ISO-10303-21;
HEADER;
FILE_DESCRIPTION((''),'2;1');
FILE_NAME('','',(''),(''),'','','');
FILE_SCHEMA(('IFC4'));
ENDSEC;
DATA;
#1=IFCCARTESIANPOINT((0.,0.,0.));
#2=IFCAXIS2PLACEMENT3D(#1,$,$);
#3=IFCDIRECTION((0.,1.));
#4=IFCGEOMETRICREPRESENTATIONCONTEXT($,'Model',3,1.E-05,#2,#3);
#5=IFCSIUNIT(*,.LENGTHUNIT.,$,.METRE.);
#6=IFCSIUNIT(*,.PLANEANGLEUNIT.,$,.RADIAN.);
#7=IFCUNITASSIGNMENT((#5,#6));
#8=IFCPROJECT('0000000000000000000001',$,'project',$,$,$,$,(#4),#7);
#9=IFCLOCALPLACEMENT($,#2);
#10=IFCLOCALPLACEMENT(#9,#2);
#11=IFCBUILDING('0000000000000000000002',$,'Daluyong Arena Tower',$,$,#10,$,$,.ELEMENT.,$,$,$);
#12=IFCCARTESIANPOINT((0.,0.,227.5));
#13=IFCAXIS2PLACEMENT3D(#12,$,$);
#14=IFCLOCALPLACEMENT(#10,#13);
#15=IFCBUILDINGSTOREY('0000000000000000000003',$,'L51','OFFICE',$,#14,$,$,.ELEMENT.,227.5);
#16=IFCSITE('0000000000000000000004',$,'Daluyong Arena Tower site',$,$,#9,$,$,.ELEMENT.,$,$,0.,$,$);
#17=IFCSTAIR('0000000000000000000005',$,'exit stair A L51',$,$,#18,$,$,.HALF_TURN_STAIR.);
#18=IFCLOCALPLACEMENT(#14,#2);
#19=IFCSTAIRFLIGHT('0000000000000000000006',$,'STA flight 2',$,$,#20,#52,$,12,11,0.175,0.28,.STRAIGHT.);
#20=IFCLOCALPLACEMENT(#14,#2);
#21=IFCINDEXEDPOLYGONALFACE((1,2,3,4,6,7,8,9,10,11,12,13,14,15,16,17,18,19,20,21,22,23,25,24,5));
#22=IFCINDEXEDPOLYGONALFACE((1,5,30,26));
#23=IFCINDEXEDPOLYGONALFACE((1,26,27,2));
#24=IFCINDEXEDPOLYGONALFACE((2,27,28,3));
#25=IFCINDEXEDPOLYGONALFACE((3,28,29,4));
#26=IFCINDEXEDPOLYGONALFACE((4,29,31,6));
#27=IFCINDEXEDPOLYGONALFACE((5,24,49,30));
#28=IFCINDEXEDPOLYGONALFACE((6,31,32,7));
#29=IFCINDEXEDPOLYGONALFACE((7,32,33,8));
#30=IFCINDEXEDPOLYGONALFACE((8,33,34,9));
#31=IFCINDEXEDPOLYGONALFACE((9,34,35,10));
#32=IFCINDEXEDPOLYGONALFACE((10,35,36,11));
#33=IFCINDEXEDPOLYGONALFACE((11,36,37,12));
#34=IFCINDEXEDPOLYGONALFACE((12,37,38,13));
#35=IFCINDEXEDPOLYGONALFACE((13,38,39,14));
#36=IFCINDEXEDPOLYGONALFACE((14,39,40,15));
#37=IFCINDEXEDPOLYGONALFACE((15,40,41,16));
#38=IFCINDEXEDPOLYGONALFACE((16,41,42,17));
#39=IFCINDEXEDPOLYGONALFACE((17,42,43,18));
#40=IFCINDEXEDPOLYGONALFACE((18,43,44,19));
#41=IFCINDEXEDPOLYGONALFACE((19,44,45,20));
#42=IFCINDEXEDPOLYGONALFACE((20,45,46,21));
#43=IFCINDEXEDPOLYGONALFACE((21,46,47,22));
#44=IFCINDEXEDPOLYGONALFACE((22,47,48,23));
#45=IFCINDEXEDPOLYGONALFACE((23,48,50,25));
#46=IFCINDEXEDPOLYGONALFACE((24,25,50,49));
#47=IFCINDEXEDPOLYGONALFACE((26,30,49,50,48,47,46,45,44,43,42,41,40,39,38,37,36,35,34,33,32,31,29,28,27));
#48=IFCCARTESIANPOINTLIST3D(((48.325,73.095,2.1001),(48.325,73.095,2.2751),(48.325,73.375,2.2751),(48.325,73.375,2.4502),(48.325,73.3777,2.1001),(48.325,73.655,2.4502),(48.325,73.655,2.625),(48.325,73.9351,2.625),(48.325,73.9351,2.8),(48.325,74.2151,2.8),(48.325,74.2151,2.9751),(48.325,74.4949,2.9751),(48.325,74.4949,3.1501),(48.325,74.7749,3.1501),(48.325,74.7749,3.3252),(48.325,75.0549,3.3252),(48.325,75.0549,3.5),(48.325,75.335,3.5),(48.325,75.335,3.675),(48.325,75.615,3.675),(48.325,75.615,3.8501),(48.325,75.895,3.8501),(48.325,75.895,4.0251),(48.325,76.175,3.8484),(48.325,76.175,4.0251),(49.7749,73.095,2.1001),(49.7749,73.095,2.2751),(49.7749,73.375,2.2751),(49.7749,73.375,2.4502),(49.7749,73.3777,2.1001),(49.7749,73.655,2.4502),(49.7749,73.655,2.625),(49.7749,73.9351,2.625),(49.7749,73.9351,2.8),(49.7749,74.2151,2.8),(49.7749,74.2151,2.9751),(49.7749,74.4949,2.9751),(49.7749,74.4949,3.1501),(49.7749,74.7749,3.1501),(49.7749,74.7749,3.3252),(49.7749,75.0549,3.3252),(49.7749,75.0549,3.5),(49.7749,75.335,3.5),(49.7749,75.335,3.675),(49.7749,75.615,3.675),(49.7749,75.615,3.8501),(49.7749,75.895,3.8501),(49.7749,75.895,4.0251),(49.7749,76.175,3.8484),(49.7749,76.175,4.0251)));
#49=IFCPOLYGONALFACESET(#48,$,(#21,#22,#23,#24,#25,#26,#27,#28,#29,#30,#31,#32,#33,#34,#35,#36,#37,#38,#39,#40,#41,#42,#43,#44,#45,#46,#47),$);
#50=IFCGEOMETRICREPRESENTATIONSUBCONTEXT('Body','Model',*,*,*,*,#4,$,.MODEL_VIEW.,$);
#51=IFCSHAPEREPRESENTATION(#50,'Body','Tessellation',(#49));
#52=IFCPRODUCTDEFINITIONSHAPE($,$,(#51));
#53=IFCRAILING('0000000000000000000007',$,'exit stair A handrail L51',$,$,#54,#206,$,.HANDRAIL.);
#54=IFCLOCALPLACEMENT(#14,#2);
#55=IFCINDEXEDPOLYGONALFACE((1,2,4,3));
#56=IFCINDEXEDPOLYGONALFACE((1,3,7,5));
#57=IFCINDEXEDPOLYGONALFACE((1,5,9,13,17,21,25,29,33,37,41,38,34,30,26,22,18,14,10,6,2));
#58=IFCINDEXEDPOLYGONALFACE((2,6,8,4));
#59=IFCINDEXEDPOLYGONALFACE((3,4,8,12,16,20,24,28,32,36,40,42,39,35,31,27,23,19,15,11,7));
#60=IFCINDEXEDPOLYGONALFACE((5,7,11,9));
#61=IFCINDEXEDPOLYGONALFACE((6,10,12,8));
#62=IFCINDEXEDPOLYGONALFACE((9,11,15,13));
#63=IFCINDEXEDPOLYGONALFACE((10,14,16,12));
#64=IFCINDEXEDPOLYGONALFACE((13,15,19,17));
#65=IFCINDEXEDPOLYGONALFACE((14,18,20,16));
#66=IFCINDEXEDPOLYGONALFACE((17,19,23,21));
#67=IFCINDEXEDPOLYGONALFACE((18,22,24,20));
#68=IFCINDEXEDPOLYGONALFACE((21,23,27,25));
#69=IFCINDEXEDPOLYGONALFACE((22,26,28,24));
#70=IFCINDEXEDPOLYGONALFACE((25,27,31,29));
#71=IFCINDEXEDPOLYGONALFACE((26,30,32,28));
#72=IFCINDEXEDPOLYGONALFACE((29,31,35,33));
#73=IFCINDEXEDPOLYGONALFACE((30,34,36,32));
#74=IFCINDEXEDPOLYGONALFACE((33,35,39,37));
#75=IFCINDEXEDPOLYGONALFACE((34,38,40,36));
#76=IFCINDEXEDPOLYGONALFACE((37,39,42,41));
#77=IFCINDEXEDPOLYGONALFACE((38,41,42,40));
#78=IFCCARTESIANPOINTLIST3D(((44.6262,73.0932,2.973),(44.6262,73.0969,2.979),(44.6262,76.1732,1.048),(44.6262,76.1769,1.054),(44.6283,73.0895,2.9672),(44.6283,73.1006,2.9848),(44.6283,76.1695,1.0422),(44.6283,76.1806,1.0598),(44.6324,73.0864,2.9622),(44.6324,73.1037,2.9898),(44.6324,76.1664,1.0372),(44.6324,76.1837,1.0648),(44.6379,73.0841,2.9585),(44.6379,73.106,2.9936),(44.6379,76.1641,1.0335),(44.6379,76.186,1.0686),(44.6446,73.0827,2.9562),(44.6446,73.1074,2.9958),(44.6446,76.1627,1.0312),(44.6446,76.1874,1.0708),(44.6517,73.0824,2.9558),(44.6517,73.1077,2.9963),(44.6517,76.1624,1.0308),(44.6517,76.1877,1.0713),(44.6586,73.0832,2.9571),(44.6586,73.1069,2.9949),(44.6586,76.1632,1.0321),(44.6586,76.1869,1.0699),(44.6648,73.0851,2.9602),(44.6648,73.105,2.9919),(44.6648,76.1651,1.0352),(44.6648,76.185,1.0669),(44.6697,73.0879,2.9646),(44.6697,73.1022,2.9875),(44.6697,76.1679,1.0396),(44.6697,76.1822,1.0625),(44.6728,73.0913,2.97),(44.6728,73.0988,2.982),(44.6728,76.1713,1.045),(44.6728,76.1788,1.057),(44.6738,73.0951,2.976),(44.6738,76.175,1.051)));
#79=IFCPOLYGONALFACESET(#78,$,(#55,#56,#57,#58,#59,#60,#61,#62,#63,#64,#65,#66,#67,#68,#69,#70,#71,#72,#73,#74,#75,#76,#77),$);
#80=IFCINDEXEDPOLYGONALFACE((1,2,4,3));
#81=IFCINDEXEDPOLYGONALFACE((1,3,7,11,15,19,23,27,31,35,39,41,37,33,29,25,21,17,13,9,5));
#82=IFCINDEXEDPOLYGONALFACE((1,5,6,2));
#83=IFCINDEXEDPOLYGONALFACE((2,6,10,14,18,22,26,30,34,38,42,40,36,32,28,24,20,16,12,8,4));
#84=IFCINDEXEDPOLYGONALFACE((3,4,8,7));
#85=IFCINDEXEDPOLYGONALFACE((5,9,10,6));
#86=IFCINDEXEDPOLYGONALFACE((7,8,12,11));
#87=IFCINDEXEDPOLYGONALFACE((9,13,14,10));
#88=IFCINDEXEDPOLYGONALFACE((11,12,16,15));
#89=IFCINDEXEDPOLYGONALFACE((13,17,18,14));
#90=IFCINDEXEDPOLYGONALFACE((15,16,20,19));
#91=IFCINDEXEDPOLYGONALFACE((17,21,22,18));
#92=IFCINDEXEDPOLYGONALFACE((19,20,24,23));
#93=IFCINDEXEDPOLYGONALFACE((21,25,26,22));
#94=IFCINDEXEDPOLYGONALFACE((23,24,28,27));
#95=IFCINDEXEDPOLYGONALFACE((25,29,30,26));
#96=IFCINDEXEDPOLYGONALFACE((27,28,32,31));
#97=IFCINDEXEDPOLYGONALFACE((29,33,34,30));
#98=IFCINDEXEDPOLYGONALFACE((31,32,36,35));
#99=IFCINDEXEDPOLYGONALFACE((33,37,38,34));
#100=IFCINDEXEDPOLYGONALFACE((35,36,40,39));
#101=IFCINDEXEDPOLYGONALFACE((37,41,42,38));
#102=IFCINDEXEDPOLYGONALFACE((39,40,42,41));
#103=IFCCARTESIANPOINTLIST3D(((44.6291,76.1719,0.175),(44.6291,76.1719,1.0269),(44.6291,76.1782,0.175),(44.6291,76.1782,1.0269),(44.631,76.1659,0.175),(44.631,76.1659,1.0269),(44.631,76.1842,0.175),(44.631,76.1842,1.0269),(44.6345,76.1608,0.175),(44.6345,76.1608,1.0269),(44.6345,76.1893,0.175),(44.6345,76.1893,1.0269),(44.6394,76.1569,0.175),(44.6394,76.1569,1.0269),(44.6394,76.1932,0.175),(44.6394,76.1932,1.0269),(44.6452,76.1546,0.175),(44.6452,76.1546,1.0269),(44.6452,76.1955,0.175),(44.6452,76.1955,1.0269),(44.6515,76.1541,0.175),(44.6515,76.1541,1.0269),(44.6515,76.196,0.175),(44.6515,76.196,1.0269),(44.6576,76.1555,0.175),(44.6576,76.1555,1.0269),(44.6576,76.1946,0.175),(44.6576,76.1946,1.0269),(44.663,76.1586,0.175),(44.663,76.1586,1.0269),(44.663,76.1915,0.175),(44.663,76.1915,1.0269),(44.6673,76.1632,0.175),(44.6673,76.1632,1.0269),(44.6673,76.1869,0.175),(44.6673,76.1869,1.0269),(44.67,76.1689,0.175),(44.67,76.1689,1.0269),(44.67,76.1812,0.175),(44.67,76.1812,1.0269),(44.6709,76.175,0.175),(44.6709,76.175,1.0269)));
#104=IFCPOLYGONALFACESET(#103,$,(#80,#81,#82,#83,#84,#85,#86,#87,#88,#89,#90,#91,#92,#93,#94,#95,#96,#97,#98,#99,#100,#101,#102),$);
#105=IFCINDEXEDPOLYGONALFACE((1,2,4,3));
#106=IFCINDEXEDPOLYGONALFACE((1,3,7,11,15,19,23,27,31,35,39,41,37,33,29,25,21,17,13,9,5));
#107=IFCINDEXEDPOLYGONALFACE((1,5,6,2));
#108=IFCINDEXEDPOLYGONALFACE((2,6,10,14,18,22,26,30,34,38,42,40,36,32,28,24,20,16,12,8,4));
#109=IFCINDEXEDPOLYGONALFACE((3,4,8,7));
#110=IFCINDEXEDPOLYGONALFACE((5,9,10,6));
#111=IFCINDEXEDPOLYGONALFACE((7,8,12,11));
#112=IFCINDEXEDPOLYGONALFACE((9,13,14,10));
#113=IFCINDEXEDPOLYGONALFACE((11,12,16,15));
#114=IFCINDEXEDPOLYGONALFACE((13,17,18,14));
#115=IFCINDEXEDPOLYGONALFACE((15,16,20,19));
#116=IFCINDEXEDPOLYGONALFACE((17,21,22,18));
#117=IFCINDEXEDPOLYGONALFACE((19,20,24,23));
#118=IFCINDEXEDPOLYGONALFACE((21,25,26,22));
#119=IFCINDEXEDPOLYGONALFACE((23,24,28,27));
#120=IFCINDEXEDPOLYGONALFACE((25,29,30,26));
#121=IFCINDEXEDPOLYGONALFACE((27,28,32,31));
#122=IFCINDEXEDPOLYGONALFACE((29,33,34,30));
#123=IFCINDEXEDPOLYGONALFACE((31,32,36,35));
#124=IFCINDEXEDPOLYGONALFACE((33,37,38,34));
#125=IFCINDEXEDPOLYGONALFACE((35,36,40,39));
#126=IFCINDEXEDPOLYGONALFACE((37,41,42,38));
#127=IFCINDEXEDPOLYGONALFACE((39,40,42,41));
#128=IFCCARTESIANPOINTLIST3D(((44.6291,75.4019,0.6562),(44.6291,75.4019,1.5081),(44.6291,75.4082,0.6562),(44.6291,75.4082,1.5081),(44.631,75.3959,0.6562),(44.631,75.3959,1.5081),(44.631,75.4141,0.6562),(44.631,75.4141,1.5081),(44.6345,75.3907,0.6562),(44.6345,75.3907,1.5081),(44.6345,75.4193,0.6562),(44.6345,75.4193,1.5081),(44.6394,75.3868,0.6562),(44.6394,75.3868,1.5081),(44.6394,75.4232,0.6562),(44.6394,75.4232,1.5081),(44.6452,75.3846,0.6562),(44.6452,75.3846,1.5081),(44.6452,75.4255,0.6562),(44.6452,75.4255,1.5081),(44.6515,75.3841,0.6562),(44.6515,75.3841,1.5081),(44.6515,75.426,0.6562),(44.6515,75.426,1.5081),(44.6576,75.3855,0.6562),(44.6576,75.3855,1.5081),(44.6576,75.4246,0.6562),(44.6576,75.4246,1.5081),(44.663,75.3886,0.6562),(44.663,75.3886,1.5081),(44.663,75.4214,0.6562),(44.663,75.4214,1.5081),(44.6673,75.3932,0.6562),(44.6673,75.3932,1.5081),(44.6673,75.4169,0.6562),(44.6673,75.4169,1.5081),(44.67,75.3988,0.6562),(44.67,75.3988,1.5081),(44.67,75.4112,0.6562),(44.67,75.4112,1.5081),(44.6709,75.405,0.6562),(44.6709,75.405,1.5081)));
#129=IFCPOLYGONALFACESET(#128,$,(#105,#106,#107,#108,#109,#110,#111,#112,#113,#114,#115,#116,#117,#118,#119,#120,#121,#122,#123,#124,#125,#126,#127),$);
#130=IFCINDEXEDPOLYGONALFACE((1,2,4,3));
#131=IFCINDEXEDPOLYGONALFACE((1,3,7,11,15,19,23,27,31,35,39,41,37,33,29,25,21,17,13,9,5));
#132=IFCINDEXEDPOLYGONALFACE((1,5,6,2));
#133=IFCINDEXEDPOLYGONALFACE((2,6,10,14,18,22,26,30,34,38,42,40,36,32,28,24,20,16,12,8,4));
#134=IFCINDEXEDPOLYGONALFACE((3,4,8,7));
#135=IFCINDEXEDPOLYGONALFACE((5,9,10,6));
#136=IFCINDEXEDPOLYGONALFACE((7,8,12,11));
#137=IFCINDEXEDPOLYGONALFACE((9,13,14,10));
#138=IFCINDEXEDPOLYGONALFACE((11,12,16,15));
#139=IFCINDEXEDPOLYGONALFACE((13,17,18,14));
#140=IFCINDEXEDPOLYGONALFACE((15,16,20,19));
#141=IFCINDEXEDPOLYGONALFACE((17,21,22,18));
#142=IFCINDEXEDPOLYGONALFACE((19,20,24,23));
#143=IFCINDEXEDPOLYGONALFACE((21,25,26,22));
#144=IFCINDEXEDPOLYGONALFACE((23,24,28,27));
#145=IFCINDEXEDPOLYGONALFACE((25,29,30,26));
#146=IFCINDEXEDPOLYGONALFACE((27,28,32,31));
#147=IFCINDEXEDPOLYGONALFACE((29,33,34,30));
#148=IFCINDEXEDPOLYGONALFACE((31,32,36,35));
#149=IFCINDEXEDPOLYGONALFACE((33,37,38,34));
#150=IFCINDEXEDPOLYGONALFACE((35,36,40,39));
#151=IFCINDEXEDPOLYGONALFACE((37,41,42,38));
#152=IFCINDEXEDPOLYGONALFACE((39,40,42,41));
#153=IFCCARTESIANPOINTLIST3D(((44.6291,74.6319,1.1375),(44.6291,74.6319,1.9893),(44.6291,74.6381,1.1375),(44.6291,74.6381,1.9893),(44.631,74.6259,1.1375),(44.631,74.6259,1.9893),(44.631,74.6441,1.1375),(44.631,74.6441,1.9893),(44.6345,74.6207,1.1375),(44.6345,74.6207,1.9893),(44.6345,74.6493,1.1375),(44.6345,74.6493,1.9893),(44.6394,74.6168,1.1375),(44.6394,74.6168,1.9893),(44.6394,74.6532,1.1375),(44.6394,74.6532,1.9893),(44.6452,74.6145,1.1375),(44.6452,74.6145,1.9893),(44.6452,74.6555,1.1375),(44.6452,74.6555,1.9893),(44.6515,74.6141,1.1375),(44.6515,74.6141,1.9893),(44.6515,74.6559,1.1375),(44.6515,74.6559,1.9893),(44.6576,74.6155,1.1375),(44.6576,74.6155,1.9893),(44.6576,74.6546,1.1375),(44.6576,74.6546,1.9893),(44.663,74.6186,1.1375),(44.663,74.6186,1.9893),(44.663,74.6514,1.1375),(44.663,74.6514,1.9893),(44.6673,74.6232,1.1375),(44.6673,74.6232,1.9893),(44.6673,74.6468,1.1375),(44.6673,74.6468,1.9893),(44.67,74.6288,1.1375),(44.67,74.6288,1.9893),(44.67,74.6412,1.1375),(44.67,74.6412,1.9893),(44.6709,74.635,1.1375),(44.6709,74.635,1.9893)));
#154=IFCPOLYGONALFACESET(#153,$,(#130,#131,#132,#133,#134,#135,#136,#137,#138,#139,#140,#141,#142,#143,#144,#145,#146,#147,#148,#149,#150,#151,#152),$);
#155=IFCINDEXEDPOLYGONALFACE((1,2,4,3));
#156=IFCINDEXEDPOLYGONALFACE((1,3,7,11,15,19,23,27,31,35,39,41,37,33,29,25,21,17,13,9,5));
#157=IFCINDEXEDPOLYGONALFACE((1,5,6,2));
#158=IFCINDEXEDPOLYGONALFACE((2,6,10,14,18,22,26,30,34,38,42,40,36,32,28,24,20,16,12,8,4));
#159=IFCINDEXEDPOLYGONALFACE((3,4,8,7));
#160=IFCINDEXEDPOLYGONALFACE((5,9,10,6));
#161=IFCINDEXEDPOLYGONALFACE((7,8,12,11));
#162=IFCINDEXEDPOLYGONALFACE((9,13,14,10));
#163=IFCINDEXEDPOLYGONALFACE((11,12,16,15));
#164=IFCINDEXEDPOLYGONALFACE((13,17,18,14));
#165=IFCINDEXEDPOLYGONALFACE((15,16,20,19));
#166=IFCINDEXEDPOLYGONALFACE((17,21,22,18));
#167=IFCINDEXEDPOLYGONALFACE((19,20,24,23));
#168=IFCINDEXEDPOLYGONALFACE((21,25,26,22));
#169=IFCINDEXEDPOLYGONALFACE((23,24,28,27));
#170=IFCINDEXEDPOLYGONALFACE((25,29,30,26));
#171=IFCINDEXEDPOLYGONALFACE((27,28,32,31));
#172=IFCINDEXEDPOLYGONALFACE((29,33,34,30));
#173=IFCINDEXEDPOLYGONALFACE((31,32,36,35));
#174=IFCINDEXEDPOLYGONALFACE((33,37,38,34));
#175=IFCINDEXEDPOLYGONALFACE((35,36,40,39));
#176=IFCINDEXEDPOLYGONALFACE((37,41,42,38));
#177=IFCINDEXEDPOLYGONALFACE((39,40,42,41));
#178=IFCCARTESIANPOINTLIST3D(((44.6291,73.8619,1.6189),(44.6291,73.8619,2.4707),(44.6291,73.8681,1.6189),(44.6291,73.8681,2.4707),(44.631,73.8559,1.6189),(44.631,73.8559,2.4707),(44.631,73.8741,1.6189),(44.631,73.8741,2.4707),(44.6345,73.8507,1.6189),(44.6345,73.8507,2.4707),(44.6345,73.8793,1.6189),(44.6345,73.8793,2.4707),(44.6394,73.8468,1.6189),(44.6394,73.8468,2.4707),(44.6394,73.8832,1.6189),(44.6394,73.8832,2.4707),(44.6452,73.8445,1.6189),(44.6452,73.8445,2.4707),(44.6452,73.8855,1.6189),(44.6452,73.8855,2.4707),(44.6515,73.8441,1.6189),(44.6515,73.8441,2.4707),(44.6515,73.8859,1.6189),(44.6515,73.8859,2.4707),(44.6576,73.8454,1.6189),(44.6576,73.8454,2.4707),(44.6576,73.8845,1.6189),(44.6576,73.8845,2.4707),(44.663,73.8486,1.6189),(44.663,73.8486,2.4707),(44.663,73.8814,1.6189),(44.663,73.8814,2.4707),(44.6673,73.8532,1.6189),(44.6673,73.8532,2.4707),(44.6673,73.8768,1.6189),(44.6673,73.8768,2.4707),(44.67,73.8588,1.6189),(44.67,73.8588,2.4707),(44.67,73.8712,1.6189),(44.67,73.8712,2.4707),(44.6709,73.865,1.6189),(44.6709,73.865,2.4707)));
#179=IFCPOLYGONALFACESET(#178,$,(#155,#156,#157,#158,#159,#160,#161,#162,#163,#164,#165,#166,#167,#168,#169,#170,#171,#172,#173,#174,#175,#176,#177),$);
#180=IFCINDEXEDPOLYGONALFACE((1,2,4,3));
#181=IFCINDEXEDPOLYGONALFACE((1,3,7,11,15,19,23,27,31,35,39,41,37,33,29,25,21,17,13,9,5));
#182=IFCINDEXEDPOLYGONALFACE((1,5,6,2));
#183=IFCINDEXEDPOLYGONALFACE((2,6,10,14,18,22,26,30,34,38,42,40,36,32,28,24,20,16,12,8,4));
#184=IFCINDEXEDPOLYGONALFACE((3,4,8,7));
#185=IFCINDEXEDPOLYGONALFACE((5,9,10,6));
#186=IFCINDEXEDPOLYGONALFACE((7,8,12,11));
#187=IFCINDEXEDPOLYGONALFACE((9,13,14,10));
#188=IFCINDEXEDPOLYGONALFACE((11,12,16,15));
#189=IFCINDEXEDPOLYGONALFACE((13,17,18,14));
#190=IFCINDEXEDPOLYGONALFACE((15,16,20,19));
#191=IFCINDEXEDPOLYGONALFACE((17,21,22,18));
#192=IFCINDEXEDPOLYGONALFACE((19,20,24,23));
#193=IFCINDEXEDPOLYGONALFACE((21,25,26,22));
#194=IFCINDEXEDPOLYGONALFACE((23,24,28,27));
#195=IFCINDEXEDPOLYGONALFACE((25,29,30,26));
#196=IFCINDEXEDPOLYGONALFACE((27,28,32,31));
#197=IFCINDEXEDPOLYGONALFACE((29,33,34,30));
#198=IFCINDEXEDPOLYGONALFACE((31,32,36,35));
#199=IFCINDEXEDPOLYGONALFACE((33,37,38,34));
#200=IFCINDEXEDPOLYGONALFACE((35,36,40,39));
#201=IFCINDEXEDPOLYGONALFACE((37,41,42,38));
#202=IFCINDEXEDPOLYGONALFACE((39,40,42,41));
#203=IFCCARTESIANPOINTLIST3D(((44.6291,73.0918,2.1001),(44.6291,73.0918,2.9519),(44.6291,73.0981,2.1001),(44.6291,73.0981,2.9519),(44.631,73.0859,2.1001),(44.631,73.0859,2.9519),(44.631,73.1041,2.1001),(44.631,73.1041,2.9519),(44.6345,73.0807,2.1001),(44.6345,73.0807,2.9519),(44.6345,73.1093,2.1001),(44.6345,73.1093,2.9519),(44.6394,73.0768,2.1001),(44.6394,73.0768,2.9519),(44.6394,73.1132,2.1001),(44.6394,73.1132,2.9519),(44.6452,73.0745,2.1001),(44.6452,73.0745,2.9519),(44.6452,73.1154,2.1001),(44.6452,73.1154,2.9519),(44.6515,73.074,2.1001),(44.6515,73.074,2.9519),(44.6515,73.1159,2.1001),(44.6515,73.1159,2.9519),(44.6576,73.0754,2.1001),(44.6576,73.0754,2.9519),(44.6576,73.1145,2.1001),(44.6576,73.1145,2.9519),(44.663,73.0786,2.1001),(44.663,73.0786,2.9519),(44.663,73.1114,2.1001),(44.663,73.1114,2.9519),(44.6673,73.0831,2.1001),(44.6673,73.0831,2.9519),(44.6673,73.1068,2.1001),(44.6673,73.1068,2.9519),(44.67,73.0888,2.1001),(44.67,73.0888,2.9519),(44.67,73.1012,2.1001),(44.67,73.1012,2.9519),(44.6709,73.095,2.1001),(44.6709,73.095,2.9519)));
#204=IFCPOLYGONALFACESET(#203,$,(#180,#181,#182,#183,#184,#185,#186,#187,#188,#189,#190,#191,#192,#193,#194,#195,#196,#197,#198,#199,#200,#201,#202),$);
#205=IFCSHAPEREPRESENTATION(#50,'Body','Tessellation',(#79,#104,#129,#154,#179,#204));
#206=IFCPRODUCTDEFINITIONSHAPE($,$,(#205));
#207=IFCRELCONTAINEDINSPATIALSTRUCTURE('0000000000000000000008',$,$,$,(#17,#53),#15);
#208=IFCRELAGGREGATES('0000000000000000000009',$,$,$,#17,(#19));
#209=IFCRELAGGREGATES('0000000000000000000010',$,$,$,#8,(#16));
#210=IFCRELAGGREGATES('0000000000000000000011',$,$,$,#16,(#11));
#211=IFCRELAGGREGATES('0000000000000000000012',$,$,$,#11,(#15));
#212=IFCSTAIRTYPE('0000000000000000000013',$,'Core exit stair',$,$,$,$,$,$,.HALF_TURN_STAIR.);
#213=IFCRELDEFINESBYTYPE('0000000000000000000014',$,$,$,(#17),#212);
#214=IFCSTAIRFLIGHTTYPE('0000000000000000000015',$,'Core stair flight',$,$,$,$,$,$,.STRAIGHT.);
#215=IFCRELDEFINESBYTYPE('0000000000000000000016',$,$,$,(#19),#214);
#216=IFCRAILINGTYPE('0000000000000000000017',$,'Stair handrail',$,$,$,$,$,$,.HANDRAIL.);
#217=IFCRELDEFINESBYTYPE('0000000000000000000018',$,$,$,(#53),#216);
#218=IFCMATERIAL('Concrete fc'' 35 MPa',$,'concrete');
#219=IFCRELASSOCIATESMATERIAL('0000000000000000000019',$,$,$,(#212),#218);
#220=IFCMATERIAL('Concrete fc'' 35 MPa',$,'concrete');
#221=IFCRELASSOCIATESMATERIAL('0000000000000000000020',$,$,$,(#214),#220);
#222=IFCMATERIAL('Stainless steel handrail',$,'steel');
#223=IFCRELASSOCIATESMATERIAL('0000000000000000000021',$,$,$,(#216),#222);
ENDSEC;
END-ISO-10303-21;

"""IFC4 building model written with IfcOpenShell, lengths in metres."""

from ifc_helpers import new_model, si_unit, direction, frame, origin, origin_2d, place, context, subcontext, project, spatial, polyline, circle, outline, extrude, material, type_object, element, aggregate, save


model = new_model("IFC4")

# Units and contexts
model_context = context("Model", 3, precision=1e-05, world=origin(), true_north=direction((0.0, 1.0)))
body_context = subcontext(model_context, "Body", "Model", "MODEL_VIEW")
ifc_project = project(units=[si_unit("LENGTHUNIT", "METRE"), si_unit("PLANEANGLEUNIT", "RADIAN")], contexts=[model_context])

# Site, building, storey
site_placement = place(None, origin())
site = spatial("IfcSite", under=ifc_project, at=site_placement, Name="Daluyong Arena Tower site", CompositionType="ELEMENT", RefElevation=0.0)
building_placement = place(site_placement, origin())
building = spatial("IfcBuilding", under=site, at=building_placement, Name="Daluyong Arena Tower", CompositionType="ELEMENT")
storey_placement = place(building_placement, frame((0.0, 0.0, 227.5)))
storey = spatial("IfcBuildingStorey", under=building, at=storey_placement, Name="L51", Description="OFFICE", CompositionType="ELEMENT", Elevation=227.5)

# Stair, stair flight
ifc_material_1 = material(Name="Concrete fc' 35 MPa", Category="concrete")
stair_type = type_object("IfcStairType", Name="Core exit stair", PredefinedType="HALF_TURN_STAIR", material=ifc_material_1)
stair_placement = place(storey_placement, origin())
stair = element("IfcStair", 1, at=stair_placement, inside=storey, type_object=stair_type, Name="exit stair A L51", PredefinedType="HALF_TURN_STAIR")
ifc_material_2 = material(Name="Concrete fc' 35 MPa", Category="concrete")
stair_flight_type = type_object("IfcStairFlightType", Name="Core stair flight", PredefinedType="STRAIGHT", material=ifc_material_2)
stair_flight_1_placement = place(storey_placement, frame((49.05, 73.095, 2.1001), z_axis=(0.0, 0.0, 1.0), x_axis=(0.0, 1.0, 0.0)))
stair_flight_1 = element("IfcStairFlight", 2, at=stair_flight_1_placement, type_object=stair_flight_type, Name="STA flight 2", NumberOfRisers=12, NumberOfTreads=11, PredefinedType="STRAIGHT", RiserHeight=0.175, TreadLength=0.28, context=body_context, shape_type="SweptSolid", body=[
    extrude(outline(polyline([(0.0, 0.0), (0.0, 0.175), (0.28, 0.175), (0.28, 0.3501), (0.5601, 0.3501), (0.5601, 0.5249), (0.8401, 0.5249), (0.8401, 0.7), (1.1201, 0.7), (1.1201, 0.875), (1.3999, 0.875), (1.3999, 1.05), (1.6799, 1.05), (1.6799, 1.2251), (1.96, 1.2251), (1.96, 1.3999), (2.24, 1.3999), (2.24, 1.575), (2.52, 1.575), (2.52, 1.75), (2.8, 1.75), (2.8, 1.925), (3.0801, 1.925), (3.0801, 2.1001), (3.0801, 1.7483), (0.2827, 0.0), (0.0, 0.0)])), frame((0.0, 0.7251, 0.0), z_axis=(0.0, -1.0, 0.0), x_axis=(1.0, 0.0, 0.0)), (0.0, 0.0, 1.0), 1.45),
])
aggregate(stair, [stair_flight_1])

# Railing
ifc_material_3 = material(Name="Stainless steel handrail", Category="steel")
railing_type_1 = type_object("IfcRailingType", Name="Stair handrail", PredefinedType="HANDRAIL", material=ifc_material_3)
railing_1_placement = place(storey_placement, frame((44.6499, 76.175, 0.175)))
element("IfcRailing", 3, at=railing_1_placement, inside=storey, type_object=railing_type_1, Name="exit stair A handrail L51", PredefinedType="HANDRAIL", context=body_context, shape_type="SweptSolid", body=[
    extrude(circle(Radius=0.0239, at=origin_2d()), frame((0.0, 0.0, 0.876), z_axis=(0.0, -0.847998, 0.529999), x_axis=(1.0, 0.0, 0.0)), (0.0, 0.0, 1.0), 3.6321),
    extrude(circle(Radius=0.021, at=origin_2d()), origin(), (0.0, 0.0, 1.0), 0.8518),
    extrude(circle(Radius=0.021, at=origin_2d()), frame((0.0, -0.77, 0.4812)), (0.0, 0.0, 1.0), 0.8518),
    extrude(circle(Radius=0.021, at=origin_2d()), frame((0.0, -1.54, 0.9624)), (0.0, 0.0, 1.0), 0.8518),
    extrude(circle(Radius=0.021, at=origin_2d()), frame((0.0, -2.3101, 1.4438)), (0.0, 0.0, 1.0), 0.8518),
    extrude(circle(Radius=0.021, at=origin_2d()), frame((0.0, -3.0801, 1.925)), (0.0, 0.0, 1.0), 0.8518),
])

save(model, "model.ifc")
